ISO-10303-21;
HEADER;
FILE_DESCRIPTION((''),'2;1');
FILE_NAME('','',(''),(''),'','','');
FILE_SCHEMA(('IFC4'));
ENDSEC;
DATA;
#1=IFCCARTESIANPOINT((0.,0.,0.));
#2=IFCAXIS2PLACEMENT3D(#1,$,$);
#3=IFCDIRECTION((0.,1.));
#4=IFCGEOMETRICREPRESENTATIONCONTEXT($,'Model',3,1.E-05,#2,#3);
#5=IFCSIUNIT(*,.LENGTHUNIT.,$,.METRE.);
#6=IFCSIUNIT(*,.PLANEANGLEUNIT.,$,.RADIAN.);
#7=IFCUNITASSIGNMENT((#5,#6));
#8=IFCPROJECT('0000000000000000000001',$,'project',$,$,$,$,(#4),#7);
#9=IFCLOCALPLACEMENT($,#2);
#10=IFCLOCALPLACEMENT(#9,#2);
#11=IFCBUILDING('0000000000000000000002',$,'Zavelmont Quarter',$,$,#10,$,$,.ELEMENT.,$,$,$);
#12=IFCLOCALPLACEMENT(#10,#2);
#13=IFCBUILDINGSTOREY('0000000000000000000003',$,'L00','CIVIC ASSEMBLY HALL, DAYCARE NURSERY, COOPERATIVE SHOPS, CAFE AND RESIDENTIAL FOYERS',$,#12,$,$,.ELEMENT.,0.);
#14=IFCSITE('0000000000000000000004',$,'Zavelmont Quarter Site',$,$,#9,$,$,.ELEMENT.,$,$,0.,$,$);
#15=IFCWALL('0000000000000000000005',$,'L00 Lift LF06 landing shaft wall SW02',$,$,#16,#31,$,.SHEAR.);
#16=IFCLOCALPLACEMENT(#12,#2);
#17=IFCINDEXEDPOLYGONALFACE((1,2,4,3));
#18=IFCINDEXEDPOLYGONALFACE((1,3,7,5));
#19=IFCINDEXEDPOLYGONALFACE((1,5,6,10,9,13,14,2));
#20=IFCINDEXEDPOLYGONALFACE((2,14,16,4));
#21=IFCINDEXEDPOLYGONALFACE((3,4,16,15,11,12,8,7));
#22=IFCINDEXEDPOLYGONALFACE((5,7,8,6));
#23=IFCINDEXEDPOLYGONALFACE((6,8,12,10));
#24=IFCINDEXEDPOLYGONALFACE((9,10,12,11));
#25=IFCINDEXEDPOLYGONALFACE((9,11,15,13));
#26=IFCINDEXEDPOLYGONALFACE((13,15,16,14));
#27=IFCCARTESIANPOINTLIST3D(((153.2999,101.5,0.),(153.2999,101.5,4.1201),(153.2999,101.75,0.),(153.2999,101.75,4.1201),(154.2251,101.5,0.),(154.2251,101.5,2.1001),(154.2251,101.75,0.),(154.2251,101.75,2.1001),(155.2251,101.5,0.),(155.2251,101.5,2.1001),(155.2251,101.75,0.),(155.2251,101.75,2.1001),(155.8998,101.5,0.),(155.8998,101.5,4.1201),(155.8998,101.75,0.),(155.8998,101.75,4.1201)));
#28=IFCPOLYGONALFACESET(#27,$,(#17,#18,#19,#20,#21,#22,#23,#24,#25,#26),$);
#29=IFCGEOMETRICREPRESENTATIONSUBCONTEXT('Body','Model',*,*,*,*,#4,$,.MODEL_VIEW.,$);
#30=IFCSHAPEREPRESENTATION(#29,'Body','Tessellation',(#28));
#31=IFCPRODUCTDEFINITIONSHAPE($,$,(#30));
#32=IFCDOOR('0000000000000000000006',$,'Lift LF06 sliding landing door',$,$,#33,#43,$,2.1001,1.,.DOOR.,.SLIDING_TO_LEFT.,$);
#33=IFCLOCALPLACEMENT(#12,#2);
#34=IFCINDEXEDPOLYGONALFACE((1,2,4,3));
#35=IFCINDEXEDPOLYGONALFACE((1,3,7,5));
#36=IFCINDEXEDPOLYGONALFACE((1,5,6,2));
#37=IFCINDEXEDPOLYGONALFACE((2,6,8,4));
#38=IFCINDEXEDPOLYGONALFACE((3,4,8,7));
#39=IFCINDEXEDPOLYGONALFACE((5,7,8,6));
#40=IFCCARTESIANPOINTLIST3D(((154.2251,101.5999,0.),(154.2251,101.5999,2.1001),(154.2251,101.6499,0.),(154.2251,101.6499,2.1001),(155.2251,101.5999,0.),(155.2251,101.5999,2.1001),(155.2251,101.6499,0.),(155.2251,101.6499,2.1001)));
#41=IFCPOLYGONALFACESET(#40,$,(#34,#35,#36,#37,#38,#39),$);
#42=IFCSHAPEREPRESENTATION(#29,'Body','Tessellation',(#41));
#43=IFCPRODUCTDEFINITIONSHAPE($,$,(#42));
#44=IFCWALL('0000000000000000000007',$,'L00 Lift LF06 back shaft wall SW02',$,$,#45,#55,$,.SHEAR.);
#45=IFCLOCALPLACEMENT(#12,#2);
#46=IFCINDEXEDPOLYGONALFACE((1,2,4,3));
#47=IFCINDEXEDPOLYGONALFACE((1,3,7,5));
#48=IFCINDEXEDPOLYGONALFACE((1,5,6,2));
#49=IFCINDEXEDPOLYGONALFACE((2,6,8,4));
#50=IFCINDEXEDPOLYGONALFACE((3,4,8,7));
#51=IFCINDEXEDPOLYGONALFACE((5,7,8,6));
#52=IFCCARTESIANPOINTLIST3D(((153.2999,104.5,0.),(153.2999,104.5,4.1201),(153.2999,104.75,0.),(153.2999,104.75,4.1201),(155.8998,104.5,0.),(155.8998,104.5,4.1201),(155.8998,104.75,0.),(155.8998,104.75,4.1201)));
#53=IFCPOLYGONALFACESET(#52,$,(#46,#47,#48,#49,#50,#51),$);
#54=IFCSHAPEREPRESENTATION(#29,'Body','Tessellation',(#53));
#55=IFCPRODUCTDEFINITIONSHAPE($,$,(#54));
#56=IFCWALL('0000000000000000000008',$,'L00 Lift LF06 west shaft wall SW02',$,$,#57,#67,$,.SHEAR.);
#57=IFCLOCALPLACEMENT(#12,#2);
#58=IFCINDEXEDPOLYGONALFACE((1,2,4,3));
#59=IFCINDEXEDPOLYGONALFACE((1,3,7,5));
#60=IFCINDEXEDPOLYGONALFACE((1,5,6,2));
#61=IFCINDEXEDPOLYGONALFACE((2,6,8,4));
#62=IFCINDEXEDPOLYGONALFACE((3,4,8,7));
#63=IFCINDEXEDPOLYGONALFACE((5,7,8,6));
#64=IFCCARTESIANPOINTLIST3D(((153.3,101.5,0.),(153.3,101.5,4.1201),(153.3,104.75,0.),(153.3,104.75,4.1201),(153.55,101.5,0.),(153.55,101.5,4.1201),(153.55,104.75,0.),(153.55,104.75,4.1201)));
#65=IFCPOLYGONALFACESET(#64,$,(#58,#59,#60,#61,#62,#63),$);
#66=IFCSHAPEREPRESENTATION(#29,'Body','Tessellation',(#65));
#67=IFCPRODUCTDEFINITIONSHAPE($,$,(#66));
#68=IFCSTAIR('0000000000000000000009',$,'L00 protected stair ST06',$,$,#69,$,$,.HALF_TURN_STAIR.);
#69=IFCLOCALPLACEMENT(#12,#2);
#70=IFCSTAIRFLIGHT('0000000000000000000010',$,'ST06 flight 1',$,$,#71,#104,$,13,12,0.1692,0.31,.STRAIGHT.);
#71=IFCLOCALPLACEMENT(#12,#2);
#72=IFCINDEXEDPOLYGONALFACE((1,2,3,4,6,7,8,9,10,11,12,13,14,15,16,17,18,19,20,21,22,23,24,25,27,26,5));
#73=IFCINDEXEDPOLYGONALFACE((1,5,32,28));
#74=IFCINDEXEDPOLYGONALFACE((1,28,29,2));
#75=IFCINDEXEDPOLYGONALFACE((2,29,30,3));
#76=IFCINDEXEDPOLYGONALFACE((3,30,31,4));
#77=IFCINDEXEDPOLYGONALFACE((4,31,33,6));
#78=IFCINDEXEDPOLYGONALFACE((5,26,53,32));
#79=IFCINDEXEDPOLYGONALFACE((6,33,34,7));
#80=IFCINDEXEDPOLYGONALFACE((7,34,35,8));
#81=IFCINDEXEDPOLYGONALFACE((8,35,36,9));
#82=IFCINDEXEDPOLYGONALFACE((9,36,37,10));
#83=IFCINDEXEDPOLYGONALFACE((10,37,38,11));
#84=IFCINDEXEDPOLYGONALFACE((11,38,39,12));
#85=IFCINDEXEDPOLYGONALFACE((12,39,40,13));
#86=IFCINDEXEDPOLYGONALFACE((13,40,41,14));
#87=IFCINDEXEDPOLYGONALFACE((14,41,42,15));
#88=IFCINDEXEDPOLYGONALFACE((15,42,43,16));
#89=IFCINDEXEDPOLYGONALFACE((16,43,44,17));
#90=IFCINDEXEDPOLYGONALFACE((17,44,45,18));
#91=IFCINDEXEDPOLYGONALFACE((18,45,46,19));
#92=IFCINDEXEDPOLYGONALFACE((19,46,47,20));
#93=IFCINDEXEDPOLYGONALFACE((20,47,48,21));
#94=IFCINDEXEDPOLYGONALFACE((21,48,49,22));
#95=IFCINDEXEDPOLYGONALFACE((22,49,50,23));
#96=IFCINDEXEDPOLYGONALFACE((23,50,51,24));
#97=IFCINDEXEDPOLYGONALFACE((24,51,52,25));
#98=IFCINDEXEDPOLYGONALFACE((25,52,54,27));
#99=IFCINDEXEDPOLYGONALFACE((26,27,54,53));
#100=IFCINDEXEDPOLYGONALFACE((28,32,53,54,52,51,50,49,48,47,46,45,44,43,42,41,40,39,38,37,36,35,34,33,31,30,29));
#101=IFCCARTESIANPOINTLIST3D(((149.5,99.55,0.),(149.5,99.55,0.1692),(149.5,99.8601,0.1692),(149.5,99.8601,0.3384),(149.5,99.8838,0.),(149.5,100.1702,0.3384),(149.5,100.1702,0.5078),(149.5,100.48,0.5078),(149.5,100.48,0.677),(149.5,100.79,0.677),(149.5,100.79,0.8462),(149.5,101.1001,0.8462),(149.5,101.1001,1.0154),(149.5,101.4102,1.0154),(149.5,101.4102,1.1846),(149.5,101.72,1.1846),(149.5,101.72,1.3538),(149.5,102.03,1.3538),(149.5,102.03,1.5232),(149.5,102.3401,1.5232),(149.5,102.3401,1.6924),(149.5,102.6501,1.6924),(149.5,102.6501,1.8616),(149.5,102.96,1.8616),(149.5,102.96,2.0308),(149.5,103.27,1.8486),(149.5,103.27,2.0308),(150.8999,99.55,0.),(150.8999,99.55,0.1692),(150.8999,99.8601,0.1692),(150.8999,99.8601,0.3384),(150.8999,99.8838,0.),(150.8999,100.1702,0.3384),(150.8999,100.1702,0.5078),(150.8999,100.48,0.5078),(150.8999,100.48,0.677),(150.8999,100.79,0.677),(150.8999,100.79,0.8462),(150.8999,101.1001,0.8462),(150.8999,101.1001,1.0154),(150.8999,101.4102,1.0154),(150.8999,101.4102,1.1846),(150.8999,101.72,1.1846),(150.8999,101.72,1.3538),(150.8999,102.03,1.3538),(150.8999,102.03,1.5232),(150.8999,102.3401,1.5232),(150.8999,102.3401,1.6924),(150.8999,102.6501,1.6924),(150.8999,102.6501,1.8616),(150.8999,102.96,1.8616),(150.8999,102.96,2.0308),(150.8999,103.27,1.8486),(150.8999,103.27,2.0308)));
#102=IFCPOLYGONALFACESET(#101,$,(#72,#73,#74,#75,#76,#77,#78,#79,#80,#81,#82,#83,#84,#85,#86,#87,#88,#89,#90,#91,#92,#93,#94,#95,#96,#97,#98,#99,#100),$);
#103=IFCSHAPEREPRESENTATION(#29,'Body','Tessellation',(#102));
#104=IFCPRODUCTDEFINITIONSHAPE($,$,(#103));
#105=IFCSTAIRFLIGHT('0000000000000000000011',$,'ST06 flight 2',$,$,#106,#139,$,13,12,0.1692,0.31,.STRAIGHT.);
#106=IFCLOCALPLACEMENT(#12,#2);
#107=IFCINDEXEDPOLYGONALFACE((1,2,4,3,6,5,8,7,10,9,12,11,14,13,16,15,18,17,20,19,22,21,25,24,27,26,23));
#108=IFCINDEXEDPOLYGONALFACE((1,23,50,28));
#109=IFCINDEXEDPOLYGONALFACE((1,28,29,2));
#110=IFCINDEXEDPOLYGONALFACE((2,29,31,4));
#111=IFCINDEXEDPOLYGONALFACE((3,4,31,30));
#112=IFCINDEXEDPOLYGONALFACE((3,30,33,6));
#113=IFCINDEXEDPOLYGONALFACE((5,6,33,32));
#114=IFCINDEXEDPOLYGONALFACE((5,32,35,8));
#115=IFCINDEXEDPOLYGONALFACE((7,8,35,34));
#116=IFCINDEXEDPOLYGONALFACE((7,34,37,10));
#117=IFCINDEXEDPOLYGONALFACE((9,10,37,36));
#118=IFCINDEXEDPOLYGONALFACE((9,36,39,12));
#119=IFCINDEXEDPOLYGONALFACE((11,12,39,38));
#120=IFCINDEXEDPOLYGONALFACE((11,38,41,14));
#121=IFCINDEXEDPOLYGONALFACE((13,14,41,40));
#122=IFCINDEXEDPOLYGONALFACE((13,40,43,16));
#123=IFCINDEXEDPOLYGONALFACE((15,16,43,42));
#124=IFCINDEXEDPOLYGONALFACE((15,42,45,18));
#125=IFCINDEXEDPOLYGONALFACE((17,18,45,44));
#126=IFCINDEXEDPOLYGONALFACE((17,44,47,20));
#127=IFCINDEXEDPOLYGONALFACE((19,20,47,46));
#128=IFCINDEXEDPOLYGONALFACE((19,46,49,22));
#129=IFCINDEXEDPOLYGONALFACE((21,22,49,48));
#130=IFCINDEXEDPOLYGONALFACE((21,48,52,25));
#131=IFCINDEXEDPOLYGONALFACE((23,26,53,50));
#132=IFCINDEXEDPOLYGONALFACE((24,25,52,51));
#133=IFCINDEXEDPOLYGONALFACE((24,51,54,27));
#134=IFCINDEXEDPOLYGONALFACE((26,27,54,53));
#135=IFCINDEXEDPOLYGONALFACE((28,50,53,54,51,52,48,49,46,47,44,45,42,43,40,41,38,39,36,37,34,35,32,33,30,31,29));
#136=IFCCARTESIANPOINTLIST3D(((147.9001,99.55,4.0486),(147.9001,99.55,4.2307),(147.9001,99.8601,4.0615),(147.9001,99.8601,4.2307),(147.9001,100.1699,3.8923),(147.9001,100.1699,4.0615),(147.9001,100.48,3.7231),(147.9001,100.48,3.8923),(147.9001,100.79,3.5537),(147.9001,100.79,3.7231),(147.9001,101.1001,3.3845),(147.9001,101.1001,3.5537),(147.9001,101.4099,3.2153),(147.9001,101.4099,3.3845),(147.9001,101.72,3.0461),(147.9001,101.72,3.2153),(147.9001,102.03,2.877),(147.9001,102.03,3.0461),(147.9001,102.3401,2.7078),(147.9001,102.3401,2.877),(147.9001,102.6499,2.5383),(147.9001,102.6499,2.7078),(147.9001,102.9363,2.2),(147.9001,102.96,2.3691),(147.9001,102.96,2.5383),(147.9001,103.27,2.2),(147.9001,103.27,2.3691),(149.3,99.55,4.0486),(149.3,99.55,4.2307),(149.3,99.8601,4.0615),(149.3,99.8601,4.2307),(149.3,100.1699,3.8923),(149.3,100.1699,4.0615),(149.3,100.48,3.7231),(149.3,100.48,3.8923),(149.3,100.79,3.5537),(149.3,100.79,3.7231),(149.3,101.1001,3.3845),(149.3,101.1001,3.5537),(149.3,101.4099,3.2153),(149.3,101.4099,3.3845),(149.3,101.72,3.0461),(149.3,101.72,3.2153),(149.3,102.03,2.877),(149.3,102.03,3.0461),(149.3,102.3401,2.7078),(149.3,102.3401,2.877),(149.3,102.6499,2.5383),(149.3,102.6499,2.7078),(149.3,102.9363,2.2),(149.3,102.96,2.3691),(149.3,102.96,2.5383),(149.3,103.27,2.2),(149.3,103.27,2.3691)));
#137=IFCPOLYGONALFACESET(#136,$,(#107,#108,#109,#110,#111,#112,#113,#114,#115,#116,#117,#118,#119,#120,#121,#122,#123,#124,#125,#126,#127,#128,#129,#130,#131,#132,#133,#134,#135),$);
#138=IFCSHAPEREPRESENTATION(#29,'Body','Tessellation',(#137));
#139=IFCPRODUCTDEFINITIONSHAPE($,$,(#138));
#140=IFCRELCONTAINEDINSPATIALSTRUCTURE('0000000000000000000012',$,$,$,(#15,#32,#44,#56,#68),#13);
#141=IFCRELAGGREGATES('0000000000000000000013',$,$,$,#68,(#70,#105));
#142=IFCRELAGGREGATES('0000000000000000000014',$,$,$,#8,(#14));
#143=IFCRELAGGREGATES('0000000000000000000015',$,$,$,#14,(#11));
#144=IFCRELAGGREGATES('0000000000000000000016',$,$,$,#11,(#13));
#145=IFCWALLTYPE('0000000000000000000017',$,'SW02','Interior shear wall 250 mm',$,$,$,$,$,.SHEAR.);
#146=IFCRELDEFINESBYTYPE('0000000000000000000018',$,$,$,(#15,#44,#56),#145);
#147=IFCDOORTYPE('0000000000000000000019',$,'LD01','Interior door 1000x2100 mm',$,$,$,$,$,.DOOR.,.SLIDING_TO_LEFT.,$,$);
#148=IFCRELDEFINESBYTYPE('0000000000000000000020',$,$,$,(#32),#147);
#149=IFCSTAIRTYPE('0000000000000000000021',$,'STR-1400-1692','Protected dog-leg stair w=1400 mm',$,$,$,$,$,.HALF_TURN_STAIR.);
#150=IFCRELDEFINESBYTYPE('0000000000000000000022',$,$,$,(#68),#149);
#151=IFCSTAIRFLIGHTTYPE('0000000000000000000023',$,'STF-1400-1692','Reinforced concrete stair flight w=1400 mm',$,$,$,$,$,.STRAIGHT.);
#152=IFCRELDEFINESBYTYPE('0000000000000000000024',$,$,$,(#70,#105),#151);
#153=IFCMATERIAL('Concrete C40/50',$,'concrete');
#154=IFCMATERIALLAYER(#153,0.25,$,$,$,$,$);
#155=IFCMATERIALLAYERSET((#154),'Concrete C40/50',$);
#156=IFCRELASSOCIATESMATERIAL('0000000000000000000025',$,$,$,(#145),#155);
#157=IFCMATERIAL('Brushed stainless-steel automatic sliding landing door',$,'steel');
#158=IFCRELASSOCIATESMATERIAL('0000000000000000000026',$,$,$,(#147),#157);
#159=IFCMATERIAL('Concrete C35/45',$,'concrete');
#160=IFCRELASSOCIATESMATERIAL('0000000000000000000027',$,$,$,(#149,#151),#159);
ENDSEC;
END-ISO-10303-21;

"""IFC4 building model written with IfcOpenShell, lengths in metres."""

from ifc_helpers import new_model, si_unit, direction, frame, frame_2d, origin, origin_with_axes, place, context, subcontext, project, spatial, polyline, rectangle, outline, extrude, material, layer, layer_set, type_object, element, fill, aggregate, save


model = new_model("IFC4")

# Units and contexts
model_context = context("Model", 3, precision=1e-05, world=origin(), true_north=direction((0.0, 1.0)))
body_context = subcontext(model_context, "Body", "Model", "MODEL_VIEW")
ifc_project = project(units=[si_unit("LENGTHUNIT", "METRE"), si_unit("PLANEANGLEUNIT", "RADIAN")], contexts=[model_context])

# Site, building, storey
site_placement = place(None, origin())
site = spatial("IfcSite", under=ifc_project, at=site_placement, Name="Zavelmont Quarter Site", CompositionType="ELEMENT", RefElevation=0.0)
building_placement = place(site_placement, origin())
building = spatial("IfcBuilding", under=site, at=building_placement, Name="Zavelmont Quarter", CompositionType="ELEMENT")
storey_placement = place(building_placement, origin())
storey = spatial("IfcBuildingStorey", under=building, at=storey_placement, Name="L00", Description="CIVIC ASSEMBLY HALL, DAYCARE NURSERY, COOPERATIVE SHOPS, CAFE AND RESIDENTIAL FOYERS", CompositionType="ELEMENT", Elevation=0.0)

# Shared definitions
ifc_material_1 = material(Name="Concrete C40/50", Category="concrete")

# Shared definitions
ifc_material_2 = material(Name="Concrete C35/45", Category="concrete")

# Wall, opening, door
ifc_layer_1 = layer(ifc_material_1, 0.25)
ifc_layer_set_1 = layer_set([ifc_layer_1], Name="Concrete C40/50")
wall_type_1 = type_object("IfcWallType", Name="SW02", Description="Interior shear wall 250 mm", PredefinedType="SHEAR", material=ifc_layer_set_1)
wall_1_placement = place(storey_placement, frame((153.3, 101.625, 0.0), z_axis=(0.0, 0.0, 1.0), x_axis=(1.0, 0.0, 0.0)))
wall_1 = element("IfcWall", 1, at=wall_1_placement, inside=storey, type_object=wall_type_1, Name="L00 Lift LF06 landing shaft wall SW02", PredefinedType="SHEAR", context=body_context, shape_type="SweptSolid", body=[
    extrude(rectangle(XDim=2.5999, YDim=0.25, at=frame_2d((1.2998, 0.0))), origin(), (0.0, 0.0, 1.0), 4.1201),
])
opening_1_placement = place(wall_1_placement, frame((0.925, 0.0, 0.0)))
opening_1 = element("IfcOpeningElement", 2, at=opening_1_placement, cuts=wall_1, PredefinedType="OPENING", context=body_context, shape_type="SweptSolid", body=[
    extrude(rectangle(XDim=1.0, YDim=2.1001, at=frame_2d((0.5, 1.05))), frame((0.0, 0.137, 0.0), z_axis=(0.0, -1.0, 0.0), x_axis=(1.0, 0.0, 0.0)), (0.0, 0.0, 1.0), 0.2739),
])
ifc_material_3 = material(Name="Brushed stainless-steel automatic sliding landing door", Category="steel")
door_type_1 = type_object("IfcDoorType", Name="LD01", Description="Interior door 1000x2100 mm", OperationType="SLIDING_TO_LEFT", PredefinedType="DOOR", material=ifc_material_3)
door_1_placement = place(opening_1_placement, origin_with_axes())
door_1 = element("IfcDoor", 3, at=door_1_placement, inside=storey, type_object=door_type_1, Name="Lift LF06 sliding landing door", OperationType="SLIDING_TO_LEFT", OverallHeight=2.1001, OverallWidth=1.0, PredefinedType="DOOR", context=body_context, shape_type="SweptSolid", body=[
    extrude(rectangle(XDim=1.0, YDim=2.1001, at=frame_2d((0.5, 1.05))), frame((0.0, 0.0249, 0.0), z_axis=(0.0, -1.0, 0.0), x_axis=(1.0, 0.0, 0.0)), (0.0, 0.0, 1.0), 0.05),
])
fill(opening_1, door_1)

# Walls
wall_2_placement = place(storey_placement, frame((153.3, 104.625, 0.0), z_axis=(0.0, 0.0, 1.0), x_axis=(1.0, 0.0, 0.0)))
element("IfcWall", 4, at=wall_2_placement, inside=storey, type_object=wall_type_1, Name="L00 Lift LF06 back shaft wall SW02", PredefinedType="SHEAR", context=body_context, shape_type="SweptSolid", body=[
    extrude(rectangle(XDim=2.5999, YDim=0.25, at=frame_2d((1.2998, 0.0))), origin(), (0.0, 0.0, 1.0), 4.1201),
])
wall_3_placement = place(storey_placement, frame((153.425, 101.5, 0.0), z_axis=(0.0, 0.0, 1.0), x_axis=(0.0, 1.0, 0.0)))
element("IfcWall", 5, at=wall_3_placement, inside=storey, type_object=wall_type_1, Name="L00 Lift LF06 west shaft wall SW02", PredefinedType="SHEAR", context=body_context, shape_type="SweptSolid", body=[
    extrude(rectangle(XDim=3.25, YDim=0.25, at=frame_2d((1.625, 0.0))), origin(), (0.0, 0.0, 1.0), 4.1201),
])

# Stair, stair flights
stair_type = type_object("IfcStairType", Name="STR-1400-1692", Description="Protected dog-leg stair w=1400 mm", PredefinedType="HALF_TURN_STAIR", material=ifc_material_2)
stair_placement = place(storey_placement, origin())
stair = element("IfcStair", 6, at=stair_placement, inside=storey, type_object=stair_type, Name="L00 protected stair ST06", PredefinedType="HALF_TURN_STAIR")
stair_flight_type = type_object("IfcStairFlightType", Name="STF-1400-1692", Description="Reinforced concrete stair flight w=1400 mm", PredefinedType="STRAIGHT", material=ifc_material_2)
stair_flight_1_placement = place(storey_placement, frame((150.2, 99.55, 0.0), z_axis=(0.0, 0.0, 1.0), x_axis=(0.0, 1.0, 0.0)))
stair_flight_1 = element("IfcStairFlight", 7, at=stair_flight_1_placement, type_object=stair_flight_type, Name="ST06 flight 1", NumberOfRisers=13, NumberOfTreads=12, PredefinedType="STRAIGHT", RiserHeight=0.1692, TreadLength=0.31, context=body_context, shape_type="SweptSolid", body=[
    extrude(outline(polyline([(0.0, 0.0), (0.0, 0.1692), (0.3101, 0.1692), (0.3101, 0.3384), (0.6201, 0.3384), (0.6201, 0.5078), (0.9299, 0.5078), (0.9299, 0.677), (1.24, 0.677), (1.24, 0.8462), (1.55, 0.8462), (1.55, 1.0154), (1.8601, 1.0154), (1.8601, 1.1846), (2.1699, 1.1846), (2.1699, 1.3538), (2.48, 1.3538), (2.48, 1.5232), (2.79, 1.5232), (2.79, 1.6924), (3.1001, 1.6924), (3.1001, 1.8616), (3.4099, 1.8616), (3.4099, 2.0308), (3.72, 2.0308), (3.72, 2.2), (3.72, 1.8486), (0.3337, 0.0), (0.0, 0.0)])), frame((0.0, 0.7, 0.0), z_axis=(0.0, -1.0, 0.0), x_axis=(1.0, 0.0, 0.0)), (0.0, 0.0, 1.0), 1.3999),
])
stair_flight_2_placement = place(storey_placement, frame((148.6001, 103.27, 2.2), z_axis=(0.0, 0.0, 1.0), x_axis=(0.0, -1.0, 0.0)))
stair_flight_2 = element("IfcStairFlight", 8, at=stair_flight_2_placement, type_object=stair_flight_type, Name="ST06 flight 2", NumberOfRisers=13, NumberOfTreads=12, PredefinedType="STRAIGHT", RiserHeight=0.1692, TreadLength=0.31, context=body_context, shape_type="SweptSolid", body=[
    extrude(outline(polyline([(0.0, 0.0), (0.0, 0.1692), (0.3101, 0.1692), (0.3101, 0.3384), (0.6201, 0.3384), (0.6201, 0.5078), (0.9299, 0.5078), (0.9299, 0.677), (1.24, 0.677), (1.24, 0.8462), (1.55, 0.8462), (1.55, 1.0154), (1.8601, 1.0154), (1.8601, 1.1846), (2.1699, 1.1846), (2.1699, 1.3538), (2.48, 1.3538), (2.48, 1.5232), (2.79, 1.5232), (2.79, 1.6924), (3.1001, 1.6924), (3.1001, 1.8616), (3.4099, 1.8616), (3.4099, 2.0308), (3.72, 2.0308), (3.72, 2.2), (3.72, 1.8486), (0.3337, 0.0), (0.0, 0.0)])), frame((0.0, 0.7, 0.0), z_axis=(0.0, -1.0, 0.0), x_axis=(1.0, 0.0, 0.0)), (0.0, 0.0, 1.0), 1.3999),
])
aggregate(stair, [stair_flight_1, stair_flight_2])

save(model, "model.ifc")
